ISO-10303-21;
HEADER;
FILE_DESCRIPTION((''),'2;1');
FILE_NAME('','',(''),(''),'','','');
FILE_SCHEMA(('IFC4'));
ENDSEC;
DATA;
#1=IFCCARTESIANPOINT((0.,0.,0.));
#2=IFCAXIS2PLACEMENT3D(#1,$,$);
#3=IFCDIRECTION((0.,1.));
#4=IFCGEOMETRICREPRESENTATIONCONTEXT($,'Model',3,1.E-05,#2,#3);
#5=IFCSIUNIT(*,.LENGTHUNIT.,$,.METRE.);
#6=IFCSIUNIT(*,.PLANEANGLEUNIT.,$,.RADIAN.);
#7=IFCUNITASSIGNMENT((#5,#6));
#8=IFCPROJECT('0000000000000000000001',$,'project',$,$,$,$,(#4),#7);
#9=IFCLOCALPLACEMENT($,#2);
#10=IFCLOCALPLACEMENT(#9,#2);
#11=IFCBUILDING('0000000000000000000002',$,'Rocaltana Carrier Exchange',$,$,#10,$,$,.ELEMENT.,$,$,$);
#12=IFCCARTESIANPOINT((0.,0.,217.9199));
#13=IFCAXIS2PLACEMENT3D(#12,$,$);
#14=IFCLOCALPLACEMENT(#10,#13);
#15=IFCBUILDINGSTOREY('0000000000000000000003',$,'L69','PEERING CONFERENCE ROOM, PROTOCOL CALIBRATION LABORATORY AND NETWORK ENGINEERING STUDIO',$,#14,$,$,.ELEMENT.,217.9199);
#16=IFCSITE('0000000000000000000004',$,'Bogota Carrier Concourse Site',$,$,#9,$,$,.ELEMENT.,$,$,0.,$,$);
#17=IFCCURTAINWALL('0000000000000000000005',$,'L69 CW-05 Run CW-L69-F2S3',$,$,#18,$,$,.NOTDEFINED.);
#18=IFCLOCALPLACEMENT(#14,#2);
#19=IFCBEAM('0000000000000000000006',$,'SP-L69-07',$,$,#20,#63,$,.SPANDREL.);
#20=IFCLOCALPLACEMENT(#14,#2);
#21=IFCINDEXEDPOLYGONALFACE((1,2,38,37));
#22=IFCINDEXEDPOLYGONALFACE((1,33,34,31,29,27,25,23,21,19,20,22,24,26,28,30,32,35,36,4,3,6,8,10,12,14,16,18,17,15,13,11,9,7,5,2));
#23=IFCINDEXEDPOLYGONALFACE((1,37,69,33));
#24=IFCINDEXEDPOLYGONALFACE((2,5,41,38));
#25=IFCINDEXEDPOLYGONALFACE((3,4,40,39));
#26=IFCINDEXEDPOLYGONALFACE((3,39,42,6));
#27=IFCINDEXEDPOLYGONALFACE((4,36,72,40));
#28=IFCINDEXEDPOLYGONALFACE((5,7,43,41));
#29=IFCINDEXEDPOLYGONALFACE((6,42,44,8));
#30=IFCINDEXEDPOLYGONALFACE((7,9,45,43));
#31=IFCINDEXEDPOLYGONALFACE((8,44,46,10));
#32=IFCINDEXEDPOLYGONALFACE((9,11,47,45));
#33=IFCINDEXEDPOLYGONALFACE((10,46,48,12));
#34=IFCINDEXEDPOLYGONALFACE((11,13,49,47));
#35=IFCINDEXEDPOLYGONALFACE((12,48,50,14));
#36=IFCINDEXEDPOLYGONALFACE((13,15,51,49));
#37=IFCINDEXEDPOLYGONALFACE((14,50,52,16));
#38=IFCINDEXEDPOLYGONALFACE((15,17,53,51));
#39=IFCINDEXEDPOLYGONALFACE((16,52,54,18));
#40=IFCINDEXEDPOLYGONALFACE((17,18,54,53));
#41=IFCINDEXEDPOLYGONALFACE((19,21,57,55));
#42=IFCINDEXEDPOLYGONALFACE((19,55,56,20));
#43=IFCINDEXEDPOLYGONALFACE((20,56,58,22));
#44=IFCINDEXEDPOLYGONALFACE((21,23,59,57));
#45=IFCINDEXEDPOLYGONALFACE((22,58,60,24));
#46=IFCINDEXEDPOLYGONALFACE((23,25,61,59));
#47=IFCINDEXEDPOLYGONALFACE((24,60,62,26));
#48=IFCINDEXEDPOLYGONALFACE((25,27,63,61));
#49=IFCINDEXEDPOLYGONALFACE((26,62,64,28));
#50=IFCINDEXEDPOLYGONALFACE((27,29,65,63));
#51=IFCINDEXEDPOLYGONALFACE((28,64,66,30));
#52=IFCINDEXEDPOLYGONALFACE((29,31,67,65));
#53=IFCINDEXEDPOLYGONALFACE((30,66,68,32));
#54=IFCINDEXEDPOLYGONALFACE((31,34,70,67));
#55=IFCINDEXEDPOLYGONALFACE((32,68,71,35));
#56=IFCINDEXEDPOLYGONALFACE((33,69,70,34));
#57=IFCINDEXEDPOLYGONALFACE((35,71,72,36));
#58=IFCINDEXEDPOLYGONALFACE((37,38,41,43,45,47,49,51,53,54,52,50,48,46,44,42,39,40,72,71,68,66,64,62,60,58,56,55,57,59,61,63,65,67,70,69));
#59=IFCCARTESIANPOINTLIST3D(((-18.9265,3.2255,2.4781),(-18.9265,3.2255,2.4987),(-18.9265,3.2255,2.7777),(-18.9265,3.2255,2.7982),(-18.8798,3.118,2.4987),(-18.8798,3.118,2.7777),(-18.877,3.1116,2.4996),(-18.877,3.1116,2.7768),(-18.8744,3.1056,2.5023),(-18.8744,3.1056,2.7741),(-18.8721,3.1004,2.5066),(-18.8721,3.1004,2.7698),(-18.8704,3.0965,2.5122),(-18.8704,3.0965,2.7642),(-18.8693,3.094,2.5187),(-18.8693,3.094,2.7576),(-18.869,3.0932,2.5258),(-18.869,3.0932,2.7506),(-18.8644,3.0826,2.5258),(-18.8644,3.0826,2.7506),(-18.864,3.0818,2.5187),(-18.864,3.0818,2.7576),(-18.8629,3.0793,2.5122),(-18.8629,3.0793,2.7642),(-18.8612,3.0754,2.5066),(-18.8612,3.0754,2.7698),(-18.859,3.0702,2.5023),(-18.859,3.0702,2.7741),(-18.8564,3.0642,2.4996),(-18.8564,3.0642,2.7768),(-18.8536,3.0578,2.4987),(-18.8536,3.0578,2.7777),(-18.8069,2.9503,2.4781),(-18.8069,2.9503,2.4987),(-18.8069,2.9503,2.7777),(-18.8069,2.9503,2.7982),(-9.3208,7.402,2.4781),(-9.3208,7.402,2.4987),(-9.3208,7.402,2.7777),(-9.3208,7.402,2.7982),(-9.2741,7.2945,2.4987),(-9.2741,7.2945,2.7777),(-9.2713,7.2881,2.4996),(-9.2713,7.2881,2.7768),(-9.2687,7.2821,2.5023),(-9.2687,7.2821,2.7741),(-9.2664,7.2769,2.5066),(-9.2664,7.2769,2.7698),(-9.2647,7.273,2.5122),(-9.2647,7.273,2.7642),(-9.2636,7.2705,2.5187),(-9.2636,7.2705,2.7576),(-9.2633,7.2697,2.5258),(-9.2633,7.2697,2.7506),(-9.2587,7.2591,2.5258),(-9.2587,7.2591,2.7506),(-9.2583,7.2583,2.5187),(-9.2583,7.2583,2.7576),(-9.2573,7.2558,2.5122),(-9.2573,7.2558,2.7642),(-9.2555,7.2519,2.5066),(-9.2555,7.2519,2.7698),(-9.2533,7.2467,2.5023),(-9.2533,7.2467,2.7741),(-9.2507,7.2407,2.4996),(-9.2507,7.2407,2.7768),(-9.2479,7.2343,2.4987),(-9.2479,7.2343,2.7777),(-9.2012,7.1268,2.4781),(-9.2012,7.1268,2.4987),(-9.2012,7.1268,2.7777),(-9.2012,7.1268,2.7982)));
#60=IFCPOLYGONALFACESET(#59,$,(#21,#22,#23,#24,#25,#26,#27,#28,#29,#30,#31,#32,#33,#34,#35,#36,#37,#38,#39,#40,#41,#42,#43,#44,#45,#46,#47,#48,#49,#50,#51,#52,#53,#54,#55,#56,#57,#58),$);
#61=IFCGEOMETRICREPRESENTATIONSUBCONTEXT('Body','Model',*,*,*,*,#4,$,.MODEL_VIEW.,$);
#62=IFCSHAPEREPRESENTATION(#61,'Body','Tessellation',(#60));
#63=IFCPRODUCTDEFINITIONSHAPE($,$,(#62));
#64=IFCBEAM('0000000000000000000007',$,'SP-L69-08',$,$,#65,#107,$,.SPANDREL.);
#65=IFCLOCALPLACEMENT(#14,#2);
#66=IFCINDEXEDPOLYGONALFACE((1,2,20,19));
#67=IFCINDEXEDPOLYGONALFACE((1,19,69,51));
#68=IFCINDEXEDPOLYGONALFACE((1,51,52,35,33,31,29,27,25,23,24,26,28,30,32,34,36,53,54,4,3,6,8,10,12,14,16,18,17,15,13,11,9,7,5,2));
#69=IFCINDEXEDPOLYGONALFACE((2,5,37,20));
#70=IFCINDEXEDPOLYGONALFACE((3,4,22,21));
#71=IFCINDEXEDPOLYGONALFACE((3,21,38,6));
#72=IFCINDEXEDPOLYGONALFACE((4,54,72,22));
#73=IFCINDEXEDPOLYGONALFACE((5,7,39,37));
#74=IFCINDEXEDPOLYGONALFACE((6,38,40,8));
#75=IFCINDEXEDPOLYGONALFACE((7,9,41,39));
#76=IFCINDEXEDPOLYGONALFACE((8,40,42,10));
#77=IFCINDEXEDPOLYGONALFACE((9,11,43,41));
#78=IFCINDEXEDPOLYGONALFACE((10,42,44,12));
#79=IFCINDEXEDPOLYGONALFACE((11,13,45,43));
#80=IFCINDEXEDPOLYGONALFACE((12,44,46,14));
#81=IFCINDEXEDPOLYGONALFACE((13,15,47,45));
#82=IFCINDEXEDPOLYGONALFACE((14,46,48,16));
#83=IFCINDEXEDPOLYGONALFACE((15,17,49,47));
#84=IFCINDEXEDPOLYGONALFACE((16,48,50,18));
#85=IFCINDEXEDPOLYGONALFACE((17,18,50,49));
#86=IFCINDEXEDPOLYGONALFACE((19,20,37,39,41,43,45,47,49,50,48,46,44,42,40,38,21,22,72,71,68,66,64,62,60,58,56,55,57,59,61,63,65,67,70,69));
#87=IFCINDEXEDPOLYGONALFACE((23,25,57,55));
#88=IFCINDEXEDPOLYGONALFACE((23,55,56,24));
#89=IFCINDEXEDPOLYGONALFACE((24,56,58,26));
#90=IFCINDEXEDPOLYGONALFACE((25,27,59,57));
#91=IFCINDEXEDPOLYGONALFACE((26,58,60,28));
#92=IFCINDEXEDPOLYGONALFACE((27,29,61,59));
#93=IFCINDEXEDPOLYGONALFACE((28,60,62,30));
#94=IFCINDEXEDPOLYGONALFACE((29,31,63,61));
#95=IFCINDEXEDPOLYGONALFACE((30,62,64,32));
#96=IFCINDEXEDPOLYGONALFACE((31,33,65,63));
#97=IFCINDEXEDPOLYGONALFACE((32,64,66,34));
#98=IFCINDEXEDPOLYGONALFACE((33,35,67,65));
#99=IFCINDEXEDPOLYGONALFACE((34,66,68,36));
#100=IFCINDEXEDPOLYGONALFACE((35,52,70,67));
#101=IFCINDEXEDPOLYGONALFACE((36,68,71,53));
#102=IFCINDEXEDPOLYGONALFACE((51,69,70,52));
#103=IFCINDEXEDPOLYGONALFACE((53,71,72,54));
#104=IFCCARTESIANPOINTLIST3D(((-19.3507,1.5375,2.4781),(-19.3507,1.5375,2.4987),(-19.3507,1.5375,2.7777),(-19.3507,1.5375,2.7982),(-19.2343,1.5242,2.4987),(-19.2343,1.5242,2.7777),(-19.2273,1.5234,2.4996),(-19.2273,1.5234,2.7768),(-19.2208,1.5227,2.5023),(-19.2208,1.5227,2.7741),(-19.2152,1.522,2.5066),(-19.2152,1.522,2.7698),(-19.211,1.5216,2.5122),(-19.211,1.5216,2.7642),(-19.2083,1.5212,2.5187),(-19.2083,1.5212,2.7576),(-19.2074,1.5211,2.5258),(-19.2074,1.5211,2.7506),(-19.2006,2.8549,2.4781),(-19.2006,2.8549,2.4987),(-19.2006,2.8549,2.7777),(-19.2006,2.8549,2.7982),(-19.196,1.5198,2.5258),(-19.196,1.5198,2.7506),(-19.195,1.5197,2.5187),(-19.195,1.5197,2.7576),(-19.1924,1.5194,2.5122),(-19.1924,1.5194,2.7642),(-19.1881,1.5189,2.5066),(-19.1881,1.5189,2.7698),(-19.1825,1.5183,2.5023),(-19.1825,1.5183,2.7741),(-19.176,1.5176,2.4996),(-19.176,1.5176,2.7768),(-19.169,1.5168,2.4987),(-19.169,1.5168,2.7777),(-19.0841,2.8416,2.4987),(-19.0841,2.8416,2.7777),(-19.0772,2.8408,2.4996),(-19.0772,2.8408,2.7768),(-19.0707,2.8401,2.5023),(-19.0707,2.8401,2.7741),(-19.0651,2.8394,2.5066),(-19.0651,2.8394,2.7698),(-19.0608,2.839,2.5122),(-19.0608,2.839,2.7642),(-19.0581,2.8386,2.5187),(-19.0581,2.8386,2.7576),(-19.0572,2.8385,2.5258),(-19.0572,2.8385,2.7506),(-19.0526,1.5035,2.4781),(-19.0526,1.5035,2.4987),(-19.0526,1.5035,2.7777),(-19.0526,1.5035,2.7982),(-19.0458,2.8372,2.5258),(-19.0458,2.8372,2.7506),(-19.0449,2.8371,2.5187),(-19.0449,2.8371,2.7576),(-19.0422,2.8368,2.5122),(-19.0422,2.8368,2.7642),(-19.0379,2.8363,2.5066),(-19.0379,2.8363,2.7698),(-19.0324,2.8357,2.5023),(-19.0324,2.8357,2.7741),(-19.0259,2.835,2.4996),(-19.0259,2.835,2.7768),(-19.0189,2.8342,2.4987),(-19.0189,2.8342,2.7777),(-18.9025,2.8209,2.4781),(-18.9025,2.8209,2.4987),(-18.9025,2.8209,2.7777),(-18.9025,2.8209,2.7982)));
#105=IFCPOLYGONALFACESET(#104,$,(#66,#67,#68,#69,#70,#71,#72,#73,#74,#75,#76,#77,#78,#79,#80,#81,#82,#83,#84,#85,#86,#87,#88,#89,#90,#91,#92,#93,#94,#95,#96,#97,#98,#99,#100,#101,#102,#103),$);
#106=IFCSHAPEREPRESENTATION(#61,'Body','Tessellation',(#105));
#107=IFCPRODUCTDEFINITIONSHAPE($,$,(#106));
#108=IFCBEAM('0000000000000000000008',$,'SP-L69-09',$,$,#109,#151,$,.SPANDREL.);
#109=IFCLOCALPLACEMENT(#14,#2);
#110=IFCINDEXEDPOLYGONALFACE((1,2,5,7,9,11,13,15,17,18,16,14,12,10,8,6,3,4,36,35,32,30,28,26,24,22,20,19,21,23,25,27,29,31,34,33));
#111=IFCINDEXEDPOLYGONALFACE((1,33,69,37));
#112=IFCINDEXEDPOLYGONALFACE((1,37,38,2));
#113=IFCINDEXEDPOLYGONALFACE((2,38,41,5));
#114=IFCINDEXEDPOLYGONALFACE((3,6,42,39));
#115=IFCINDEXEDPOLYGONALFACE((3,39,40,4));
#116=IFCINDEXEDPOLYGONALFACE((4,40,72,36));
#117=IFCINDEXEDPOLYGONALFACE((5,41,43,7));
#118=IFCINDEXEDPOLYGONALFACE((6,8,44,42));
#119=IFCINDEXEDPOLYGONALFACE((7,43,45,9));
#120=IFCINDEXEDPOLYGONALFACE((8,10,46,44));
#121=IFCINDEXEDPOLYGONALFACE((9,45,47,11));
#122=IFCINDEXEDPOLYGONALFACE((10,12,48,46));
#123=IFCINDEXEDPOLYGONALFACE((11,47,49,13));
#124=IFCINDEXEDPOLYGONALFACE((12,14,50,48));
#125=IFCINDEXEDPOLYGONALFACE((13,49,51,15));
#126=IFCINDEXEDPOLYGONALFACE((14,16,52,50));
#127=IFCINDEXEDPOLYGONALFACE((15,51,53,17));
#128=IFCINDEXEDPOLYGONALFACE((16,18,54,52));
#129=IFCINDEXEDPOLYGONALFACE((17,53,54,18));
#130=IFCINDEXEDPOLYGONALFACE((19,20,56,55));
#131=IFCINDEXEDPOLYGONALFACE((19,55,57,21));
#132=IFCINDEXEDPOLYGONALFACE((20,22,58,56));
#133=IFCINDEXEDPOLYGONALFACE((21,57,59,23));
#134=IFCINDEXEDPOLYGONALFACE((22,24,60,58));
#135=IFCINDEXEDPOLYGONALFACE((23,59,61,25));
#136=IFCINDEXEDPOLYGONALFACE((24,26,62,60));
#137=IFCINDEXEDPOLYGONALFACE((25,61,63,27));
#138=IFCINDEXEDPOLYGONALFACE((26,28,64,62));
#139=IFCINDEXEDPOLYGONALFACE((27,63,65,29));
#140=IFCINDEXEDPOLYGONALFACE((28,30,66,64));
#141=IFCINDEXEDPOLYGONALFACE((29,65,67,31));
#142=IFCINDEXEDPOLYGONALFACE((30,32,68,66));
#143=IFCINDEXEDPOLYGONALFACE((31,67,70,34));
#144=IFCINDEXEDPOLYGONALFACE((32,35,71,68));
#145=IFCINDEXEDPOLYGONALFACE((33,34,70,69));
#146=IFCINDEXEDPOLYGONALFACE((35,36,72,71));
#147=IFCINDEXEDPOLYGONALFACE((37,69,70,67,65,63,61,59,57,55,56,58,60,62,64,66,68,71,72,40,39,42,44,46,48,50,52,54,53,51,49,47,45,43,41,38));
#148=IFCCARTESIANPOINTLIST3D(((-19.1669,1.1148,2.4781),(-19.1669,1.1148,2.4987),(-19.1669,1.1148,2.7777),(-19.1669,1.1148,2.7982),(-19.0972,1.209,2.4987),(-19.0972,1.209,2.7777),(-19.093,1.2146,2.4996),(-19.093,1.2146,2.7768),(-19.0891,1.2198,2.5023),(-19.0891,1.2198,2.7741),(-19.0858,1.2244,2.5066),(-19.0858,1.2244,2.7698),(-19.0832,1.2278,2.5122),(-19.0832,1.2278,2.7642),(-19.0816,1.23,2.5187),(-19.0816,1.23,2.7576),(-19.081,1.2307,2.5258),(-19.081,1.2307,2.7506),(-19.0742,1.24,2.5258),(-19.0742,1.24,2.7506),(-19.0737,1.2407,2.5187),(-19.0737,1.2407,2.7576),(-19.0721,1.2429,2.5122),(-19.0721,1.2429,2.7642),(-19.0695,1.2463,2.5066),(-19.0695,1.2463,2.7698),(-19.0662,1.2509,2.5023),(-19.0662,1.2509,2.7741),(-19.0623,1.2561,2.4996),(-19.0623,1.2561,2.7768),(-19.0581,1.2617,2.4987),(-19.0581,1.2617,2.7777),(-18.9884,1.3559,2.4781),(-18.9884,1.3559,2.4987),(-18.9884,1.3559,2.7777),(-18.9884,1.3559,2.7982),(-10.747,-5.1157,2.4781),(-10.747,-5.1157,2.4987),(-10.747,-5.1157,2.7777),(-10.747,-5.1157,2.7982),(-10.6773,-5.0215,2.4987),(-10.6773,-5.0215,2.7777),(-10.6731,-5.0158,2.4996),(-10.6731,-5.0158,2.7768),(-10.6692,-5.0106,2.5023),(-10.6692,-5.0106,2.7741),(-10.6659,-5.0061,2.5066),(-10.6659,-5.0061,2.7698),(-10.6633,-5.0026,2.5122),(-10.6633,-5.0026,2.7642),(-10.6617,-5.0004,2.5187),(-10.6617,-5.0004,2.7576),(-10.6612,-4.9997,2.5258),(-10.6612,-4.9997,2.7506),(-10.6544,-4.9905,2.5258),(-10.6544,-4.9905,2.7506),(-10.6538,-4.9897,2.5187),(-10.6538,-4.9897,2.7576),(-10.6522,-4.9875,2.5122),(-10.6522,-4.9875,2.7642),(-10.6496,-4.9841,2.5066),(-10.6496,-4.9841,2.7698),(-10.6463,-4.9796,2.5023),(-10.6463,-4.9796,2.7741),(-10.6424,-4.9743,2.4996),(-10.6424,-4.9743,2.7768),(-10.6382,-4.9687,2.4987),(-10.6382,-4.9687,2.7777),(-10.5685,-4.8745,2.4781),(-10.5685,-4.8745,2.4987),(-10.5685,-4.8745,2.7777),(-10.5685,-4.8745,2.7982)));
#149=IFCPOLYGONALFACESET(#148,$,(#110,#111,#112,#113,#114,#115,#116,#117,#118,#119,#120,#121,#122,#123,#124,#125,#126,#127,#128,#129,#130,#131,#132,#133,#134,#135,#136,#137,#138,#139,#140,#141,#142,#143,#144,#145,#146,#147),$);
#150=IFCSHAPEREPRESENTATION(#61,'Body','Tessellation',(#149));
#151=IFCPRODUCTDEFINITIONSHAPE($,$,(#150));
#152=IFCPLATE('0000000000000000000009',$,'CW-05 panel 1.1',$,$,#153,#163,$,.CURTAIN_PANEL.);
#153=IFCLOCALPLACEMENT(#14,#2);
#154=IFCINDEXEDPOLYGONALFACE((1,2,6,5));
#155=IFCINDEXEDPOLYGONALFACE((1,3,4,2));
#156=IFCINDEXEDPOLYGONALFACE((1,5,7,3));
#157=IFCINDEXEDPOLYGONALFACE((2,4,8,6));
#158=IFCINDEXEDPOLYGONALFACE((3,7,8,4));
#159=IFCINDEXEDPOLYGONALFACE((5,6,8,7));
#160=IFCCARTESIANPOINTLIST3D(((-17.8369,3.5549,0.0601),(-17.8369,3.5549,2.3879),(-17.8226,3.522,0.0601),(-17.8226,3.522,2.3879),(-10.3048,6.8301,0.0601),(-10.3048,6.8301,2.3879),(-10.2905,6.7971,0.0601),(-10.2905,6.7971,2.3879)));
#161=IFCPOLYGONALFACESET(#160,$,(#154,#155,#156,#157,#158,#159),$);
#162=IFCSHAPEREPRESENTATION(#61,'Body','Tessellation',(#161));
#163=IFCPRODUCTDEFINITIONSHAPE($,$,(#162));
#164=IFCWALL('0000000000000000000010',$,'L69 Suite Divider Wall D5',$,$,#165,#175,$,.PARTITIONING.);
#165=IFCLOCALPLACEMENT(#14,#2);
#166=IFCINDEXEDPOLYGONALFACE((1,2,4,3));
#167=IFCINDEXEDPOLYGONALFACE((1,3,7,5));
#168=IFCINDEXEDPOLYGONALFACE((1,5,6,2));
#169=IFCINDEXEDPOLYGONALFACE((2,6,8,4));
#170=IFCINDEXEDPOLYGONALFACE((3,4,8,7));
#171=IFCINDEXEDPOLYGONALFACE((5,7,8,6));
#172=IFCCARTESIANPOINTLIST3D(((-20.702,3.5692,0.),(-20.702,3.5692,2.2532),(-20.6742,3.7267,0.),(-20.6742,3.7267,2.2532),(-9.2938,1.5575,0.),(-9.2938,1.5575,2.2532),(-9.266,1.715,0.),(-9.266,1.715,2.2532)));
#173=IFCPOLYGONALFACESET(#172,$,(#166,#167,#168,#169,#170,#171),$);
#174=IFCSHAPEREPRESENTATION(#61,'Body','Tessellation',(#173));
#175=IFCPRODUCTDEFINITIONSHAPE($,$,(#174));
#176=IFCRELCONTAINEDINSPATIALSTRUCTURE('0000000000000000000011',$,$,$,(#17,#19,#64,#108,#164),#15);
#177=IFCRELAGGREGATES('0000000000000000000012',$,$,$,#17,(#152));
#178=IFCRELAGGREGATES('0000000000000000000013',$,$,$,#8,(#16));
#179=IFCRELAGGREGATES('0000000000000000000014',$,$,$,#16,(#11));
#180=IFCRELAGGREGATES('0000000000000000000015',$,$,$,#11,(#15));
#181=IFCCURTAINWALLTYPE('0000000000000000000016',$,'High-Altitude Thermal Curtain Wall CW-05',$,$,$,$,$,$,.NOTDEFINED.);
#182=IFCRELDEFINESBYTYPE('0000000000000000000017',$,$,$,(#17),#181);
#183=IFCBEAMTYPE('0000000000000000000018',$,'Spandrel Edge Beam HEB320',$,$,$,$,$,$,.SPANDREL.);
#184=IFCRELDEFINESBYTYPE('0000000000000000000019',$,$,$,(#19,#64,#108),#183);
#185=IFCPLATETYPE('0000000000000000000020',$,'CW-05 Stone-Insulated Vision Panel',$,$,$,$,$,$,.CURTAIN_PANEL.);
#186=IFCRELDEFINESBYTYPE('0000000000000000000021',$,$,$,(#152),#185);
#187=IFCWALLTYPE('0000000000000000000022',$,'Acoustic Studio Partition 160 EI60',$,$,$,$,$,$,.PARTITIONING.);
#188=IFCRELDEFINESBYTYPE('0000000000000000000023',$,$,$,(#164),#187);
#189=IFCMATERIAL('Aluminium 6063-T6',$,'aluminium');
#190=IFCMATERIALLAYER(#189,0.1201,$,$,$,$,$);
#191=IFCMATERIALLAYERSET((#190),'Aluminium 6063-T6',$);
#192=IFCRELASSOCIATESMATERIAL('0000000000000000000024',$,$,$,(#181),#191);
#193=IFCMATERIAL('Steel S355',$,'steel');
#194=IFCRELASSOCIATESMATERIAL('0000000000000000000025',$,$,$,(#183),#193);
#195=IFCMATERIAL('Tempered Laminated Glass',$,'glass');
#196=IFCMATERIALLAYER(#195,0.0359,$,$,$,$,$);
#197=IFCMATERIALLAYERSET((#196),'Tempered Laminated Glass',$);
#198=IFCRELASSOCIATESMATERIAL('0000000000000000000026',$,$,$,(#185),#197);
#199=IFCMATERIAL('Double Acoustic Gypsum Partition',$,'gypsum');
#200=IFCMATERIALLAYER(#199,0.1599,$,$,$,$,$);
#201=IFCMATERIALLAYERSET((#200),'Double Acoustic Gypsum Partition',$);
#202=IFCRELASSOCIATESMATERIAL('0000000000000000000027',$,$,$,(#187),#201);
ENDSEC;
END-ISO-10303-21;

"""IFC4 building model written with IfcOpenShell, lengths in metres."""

from ifc_helpers import new_model, si_unit, direction, frame, frame_2d, origin, origin_2d, place, context, subcontext, project, spatial, rectangle, i_section, extrude, material, layer, layer_set, material_profile, profile_set, type_object, element, aggregate, save


model = new_model("IFC4")

# Units and contexts
model_context = context("Model", 3, precision=1e-05, world=origin(), true_north=direction((0.0, 1.0)))
body_context = subcontext(model_context, "Body", "Model", "MODEL_VIEW")
ifc_project = project(units=[si_unit("LENGTHUNIT", "METRE"), si_unit("PLANEANGLEUNIT", "RADIAN")], contexts=[model_context])

# Site, building, storey
site_placement = place(None, origin())
site = spatial("IfcSite", under=ifc_project, at=site_placement, Name="Bogota Carrier Concourse Site", CompositionType="ELEMENT", RefElevation=0.0)
building_placement = place(site_placement, origin())
building = spatial("IfcBuilding", under=site, at=building_placement, Name="Rocaltana Carrier Exchange", CompositionType="ELEMENT")
storey_placement = place(building_placement, frame((0.0, 0.0, 217.9199)))
storey = spatial("IfcBuildingStorey", under=building, at=storey_placement, Name="L69", Description="PEERING CONFERENCE ROOM, PROTOCOL CALIBRATION LABORATORY AND NETWORK ENGINEERING STUDIO", CompositionType="ELEMENT", Elevation=217.9199)

# Shared definitions
ifc_material_1 = material(Name="Aluminium 6063-T6", Category="aluminium")
ifc_layer_1 = layer(ifc_material_1, 0.1201)
ifc_layer_set_1 = layer_set([ifc_layer_1], Name="Aluminium 6063-T6")
curtain_wall_type = type_object("IfcCurtainWallType", Name="High-Altitude Thermal Curtain Wall CW-05", PredefinedType="NOTDEFINED", material=ifc_layer_set_1)

# Curtain wall
curtain_wall_1_placement = place(storey_placement, origin())
curtain_wall_1 = element("IfcCurtainWall", 1, at=curtain_wall_1_placement, inside=storey, type_object=curtain_wall_type, Name="L69 CW-05 Run CW-L69-F2S3", PredefinedType="NOTDEFINED")

# Beams
ifc_material_2 = material(Name="Steel S355", Category="steel")
ifc_material_profile_1 = material_profile(ifc_material_2, i_section(OverallWidth=0.3, OverallDepth=0.3201, WebThickness=0.0115, FlangeThickness=0.0205, FilletRadius=0.0271, at=origin_2d()), Name="HEB320")
ifc_profile_set_1 = profile_set([ifc_material_profile_1], Name="Steel S355")
beam_type_1 = type_object("IfcBeamType", Name="Spandrel Edge Beam HEB320", PredefinedType="SPANDREL", material=ifc_profile_set_1)
beam_1_placement = place(storey_placement, frame((-9.261, 7.2644, 2.6382), z_axis=(-0.917066, -0.398735, 0.0), x_axis=(0.398735, -0.917066, 0.0)))
element("IfcBeam", 2, at=beam_1_placement, inside=storey, type_object=beam_type_1, Name="SP-L69-07", PredefinedType="SPANDREL", context=body_context, shape_type="SweptSolid", body=[
    extrude(i_section(OverallWidth=0.3, OverallDepth=0.3201, WebThickness=0.0115, FlangeThickness=0.0205, FilletRadius=0.0271, at=origin_2d()), origin(), (0.0, 0.0, 1.0), 10.4744),
])
beam_2_placement = place(storey_placement, frame((-19.0515, 2.8379, 2.6382), z_axis=(-0.11324, -0.993568, 0.0), x_axis=(0.993568, -0.11324, 0.0)))
element("IfcBeam", 3, at=beam_2_placement, inside=storey, type_object=beam_type_1, Name="SP-L69-08", PredefinedType="SPANDREL", context=body_context, shape_type="SweptSolid", body=[
    extrude(i_section(OverallWidth=0.3, OverallDepth=0.3201, WebThickness=0.0115, FlangeThickness=0.0205, FilletRadius=0.0271, at=origin_2d()), origin(), (0.0, 0.0, 1.0), 1.3259),
])
beam_3_placement = place(storey_placement, frame((-19.0776, 1.2354, 2.6382), z_axis=(0.803854, -0.594826, 0.0), x_axis=(0.594826, 0.803854, 0.0)))
element("IfcBeam", 4, at=beam_3_placement, inside=storey, type_object=beam_type_1, Name="SP-L69-09", PredefinedType="SPANDREL", context=body_context, shape_type="SweptSolid", body=[
    extrude(i_section(OverallWidth=0.3, OverallDepth=0.3201, WebThickness=0.0115, FlangeThickness=0.0205, FilletRadius=0.0271, at=origin_2d()), origin(), (0.0, 0.0, 1.0), 10.4744),
])

# Plate
ifc_material_3 = material(Name="Tempered Laminated Glass", Category="glass")
ifc_layer_2 = layer(ifc_material_3, 0.0359)
ifc_layer_set_2 = layer_set([ifc_layer_2], Name="Tempered Laminated Glass")
plate_type = type_object("IfcPlateType", Name="CW-05 Stone-Insulated Vision Panel", PredefinedType="CURTAIN_PANEL", material=ifc_layer_set_2)
plate_placement = place(storey_placement, frame((-14.0637, 5.176, 0.0601), z_axis=(0.0, 0.0, 1.0), x_axis=(-0.917057, -0.398757, 0.0)))
plate = element("IfcPlate", 5, at=plate_placement, type_object=plate_type, Name="CW-05 panel 1.1", PredefinedType="CURTAIN_PANEL", context=body_context, shape_type="SweptSolid", body=[
    extrude(rectangle(XDim=8.2134, YDim=0.0359, at=origin_2d()), origin(), (0.0, 0.0, 1.0), 2.3279),
])
aggregate(curtain_wall_1, [plate])

# Wall
ifc_material_4 = material(Name="Double Acoustic Gypsum Partition", Category="gypsum")
ifc_layer_3 = layer(ifc_material_4, 0.1599)
ifc_layer_set_3 = layer_set([ifc_layer_3], Name="Double Acoustic Gypsum Partition")
wall_type_1 = type_object("IfcWallType", Name="Acoustic Studio Partition 160 EI60", PredefinedType="PARTITIONING", material=ifc_layer_set_3)
wall_1_placement = place(storey_placement, frame((-9.28, 1.6362, 0.0), z_axis=(0.0, 0.0, 1.0), x_axis=(-0.984806, 0.17366, 0.0)))
element("IfcWall", 6, at=wall_1_placement, inside=storey, type_object=wall_type_1, Name="L69 Suite Divider Wall D5", PredefinedType="PARTITIONING", context=body_context, shape_type="SweptSolid", body=[
    extrude(rectangle(XDim=11.5842, YDim=0.1599, at=frame_2d((5.792, 0.0))), origin(), (0.0, 0.0, 1.0), 2.2532),
])

save(model, "model.ifc")
